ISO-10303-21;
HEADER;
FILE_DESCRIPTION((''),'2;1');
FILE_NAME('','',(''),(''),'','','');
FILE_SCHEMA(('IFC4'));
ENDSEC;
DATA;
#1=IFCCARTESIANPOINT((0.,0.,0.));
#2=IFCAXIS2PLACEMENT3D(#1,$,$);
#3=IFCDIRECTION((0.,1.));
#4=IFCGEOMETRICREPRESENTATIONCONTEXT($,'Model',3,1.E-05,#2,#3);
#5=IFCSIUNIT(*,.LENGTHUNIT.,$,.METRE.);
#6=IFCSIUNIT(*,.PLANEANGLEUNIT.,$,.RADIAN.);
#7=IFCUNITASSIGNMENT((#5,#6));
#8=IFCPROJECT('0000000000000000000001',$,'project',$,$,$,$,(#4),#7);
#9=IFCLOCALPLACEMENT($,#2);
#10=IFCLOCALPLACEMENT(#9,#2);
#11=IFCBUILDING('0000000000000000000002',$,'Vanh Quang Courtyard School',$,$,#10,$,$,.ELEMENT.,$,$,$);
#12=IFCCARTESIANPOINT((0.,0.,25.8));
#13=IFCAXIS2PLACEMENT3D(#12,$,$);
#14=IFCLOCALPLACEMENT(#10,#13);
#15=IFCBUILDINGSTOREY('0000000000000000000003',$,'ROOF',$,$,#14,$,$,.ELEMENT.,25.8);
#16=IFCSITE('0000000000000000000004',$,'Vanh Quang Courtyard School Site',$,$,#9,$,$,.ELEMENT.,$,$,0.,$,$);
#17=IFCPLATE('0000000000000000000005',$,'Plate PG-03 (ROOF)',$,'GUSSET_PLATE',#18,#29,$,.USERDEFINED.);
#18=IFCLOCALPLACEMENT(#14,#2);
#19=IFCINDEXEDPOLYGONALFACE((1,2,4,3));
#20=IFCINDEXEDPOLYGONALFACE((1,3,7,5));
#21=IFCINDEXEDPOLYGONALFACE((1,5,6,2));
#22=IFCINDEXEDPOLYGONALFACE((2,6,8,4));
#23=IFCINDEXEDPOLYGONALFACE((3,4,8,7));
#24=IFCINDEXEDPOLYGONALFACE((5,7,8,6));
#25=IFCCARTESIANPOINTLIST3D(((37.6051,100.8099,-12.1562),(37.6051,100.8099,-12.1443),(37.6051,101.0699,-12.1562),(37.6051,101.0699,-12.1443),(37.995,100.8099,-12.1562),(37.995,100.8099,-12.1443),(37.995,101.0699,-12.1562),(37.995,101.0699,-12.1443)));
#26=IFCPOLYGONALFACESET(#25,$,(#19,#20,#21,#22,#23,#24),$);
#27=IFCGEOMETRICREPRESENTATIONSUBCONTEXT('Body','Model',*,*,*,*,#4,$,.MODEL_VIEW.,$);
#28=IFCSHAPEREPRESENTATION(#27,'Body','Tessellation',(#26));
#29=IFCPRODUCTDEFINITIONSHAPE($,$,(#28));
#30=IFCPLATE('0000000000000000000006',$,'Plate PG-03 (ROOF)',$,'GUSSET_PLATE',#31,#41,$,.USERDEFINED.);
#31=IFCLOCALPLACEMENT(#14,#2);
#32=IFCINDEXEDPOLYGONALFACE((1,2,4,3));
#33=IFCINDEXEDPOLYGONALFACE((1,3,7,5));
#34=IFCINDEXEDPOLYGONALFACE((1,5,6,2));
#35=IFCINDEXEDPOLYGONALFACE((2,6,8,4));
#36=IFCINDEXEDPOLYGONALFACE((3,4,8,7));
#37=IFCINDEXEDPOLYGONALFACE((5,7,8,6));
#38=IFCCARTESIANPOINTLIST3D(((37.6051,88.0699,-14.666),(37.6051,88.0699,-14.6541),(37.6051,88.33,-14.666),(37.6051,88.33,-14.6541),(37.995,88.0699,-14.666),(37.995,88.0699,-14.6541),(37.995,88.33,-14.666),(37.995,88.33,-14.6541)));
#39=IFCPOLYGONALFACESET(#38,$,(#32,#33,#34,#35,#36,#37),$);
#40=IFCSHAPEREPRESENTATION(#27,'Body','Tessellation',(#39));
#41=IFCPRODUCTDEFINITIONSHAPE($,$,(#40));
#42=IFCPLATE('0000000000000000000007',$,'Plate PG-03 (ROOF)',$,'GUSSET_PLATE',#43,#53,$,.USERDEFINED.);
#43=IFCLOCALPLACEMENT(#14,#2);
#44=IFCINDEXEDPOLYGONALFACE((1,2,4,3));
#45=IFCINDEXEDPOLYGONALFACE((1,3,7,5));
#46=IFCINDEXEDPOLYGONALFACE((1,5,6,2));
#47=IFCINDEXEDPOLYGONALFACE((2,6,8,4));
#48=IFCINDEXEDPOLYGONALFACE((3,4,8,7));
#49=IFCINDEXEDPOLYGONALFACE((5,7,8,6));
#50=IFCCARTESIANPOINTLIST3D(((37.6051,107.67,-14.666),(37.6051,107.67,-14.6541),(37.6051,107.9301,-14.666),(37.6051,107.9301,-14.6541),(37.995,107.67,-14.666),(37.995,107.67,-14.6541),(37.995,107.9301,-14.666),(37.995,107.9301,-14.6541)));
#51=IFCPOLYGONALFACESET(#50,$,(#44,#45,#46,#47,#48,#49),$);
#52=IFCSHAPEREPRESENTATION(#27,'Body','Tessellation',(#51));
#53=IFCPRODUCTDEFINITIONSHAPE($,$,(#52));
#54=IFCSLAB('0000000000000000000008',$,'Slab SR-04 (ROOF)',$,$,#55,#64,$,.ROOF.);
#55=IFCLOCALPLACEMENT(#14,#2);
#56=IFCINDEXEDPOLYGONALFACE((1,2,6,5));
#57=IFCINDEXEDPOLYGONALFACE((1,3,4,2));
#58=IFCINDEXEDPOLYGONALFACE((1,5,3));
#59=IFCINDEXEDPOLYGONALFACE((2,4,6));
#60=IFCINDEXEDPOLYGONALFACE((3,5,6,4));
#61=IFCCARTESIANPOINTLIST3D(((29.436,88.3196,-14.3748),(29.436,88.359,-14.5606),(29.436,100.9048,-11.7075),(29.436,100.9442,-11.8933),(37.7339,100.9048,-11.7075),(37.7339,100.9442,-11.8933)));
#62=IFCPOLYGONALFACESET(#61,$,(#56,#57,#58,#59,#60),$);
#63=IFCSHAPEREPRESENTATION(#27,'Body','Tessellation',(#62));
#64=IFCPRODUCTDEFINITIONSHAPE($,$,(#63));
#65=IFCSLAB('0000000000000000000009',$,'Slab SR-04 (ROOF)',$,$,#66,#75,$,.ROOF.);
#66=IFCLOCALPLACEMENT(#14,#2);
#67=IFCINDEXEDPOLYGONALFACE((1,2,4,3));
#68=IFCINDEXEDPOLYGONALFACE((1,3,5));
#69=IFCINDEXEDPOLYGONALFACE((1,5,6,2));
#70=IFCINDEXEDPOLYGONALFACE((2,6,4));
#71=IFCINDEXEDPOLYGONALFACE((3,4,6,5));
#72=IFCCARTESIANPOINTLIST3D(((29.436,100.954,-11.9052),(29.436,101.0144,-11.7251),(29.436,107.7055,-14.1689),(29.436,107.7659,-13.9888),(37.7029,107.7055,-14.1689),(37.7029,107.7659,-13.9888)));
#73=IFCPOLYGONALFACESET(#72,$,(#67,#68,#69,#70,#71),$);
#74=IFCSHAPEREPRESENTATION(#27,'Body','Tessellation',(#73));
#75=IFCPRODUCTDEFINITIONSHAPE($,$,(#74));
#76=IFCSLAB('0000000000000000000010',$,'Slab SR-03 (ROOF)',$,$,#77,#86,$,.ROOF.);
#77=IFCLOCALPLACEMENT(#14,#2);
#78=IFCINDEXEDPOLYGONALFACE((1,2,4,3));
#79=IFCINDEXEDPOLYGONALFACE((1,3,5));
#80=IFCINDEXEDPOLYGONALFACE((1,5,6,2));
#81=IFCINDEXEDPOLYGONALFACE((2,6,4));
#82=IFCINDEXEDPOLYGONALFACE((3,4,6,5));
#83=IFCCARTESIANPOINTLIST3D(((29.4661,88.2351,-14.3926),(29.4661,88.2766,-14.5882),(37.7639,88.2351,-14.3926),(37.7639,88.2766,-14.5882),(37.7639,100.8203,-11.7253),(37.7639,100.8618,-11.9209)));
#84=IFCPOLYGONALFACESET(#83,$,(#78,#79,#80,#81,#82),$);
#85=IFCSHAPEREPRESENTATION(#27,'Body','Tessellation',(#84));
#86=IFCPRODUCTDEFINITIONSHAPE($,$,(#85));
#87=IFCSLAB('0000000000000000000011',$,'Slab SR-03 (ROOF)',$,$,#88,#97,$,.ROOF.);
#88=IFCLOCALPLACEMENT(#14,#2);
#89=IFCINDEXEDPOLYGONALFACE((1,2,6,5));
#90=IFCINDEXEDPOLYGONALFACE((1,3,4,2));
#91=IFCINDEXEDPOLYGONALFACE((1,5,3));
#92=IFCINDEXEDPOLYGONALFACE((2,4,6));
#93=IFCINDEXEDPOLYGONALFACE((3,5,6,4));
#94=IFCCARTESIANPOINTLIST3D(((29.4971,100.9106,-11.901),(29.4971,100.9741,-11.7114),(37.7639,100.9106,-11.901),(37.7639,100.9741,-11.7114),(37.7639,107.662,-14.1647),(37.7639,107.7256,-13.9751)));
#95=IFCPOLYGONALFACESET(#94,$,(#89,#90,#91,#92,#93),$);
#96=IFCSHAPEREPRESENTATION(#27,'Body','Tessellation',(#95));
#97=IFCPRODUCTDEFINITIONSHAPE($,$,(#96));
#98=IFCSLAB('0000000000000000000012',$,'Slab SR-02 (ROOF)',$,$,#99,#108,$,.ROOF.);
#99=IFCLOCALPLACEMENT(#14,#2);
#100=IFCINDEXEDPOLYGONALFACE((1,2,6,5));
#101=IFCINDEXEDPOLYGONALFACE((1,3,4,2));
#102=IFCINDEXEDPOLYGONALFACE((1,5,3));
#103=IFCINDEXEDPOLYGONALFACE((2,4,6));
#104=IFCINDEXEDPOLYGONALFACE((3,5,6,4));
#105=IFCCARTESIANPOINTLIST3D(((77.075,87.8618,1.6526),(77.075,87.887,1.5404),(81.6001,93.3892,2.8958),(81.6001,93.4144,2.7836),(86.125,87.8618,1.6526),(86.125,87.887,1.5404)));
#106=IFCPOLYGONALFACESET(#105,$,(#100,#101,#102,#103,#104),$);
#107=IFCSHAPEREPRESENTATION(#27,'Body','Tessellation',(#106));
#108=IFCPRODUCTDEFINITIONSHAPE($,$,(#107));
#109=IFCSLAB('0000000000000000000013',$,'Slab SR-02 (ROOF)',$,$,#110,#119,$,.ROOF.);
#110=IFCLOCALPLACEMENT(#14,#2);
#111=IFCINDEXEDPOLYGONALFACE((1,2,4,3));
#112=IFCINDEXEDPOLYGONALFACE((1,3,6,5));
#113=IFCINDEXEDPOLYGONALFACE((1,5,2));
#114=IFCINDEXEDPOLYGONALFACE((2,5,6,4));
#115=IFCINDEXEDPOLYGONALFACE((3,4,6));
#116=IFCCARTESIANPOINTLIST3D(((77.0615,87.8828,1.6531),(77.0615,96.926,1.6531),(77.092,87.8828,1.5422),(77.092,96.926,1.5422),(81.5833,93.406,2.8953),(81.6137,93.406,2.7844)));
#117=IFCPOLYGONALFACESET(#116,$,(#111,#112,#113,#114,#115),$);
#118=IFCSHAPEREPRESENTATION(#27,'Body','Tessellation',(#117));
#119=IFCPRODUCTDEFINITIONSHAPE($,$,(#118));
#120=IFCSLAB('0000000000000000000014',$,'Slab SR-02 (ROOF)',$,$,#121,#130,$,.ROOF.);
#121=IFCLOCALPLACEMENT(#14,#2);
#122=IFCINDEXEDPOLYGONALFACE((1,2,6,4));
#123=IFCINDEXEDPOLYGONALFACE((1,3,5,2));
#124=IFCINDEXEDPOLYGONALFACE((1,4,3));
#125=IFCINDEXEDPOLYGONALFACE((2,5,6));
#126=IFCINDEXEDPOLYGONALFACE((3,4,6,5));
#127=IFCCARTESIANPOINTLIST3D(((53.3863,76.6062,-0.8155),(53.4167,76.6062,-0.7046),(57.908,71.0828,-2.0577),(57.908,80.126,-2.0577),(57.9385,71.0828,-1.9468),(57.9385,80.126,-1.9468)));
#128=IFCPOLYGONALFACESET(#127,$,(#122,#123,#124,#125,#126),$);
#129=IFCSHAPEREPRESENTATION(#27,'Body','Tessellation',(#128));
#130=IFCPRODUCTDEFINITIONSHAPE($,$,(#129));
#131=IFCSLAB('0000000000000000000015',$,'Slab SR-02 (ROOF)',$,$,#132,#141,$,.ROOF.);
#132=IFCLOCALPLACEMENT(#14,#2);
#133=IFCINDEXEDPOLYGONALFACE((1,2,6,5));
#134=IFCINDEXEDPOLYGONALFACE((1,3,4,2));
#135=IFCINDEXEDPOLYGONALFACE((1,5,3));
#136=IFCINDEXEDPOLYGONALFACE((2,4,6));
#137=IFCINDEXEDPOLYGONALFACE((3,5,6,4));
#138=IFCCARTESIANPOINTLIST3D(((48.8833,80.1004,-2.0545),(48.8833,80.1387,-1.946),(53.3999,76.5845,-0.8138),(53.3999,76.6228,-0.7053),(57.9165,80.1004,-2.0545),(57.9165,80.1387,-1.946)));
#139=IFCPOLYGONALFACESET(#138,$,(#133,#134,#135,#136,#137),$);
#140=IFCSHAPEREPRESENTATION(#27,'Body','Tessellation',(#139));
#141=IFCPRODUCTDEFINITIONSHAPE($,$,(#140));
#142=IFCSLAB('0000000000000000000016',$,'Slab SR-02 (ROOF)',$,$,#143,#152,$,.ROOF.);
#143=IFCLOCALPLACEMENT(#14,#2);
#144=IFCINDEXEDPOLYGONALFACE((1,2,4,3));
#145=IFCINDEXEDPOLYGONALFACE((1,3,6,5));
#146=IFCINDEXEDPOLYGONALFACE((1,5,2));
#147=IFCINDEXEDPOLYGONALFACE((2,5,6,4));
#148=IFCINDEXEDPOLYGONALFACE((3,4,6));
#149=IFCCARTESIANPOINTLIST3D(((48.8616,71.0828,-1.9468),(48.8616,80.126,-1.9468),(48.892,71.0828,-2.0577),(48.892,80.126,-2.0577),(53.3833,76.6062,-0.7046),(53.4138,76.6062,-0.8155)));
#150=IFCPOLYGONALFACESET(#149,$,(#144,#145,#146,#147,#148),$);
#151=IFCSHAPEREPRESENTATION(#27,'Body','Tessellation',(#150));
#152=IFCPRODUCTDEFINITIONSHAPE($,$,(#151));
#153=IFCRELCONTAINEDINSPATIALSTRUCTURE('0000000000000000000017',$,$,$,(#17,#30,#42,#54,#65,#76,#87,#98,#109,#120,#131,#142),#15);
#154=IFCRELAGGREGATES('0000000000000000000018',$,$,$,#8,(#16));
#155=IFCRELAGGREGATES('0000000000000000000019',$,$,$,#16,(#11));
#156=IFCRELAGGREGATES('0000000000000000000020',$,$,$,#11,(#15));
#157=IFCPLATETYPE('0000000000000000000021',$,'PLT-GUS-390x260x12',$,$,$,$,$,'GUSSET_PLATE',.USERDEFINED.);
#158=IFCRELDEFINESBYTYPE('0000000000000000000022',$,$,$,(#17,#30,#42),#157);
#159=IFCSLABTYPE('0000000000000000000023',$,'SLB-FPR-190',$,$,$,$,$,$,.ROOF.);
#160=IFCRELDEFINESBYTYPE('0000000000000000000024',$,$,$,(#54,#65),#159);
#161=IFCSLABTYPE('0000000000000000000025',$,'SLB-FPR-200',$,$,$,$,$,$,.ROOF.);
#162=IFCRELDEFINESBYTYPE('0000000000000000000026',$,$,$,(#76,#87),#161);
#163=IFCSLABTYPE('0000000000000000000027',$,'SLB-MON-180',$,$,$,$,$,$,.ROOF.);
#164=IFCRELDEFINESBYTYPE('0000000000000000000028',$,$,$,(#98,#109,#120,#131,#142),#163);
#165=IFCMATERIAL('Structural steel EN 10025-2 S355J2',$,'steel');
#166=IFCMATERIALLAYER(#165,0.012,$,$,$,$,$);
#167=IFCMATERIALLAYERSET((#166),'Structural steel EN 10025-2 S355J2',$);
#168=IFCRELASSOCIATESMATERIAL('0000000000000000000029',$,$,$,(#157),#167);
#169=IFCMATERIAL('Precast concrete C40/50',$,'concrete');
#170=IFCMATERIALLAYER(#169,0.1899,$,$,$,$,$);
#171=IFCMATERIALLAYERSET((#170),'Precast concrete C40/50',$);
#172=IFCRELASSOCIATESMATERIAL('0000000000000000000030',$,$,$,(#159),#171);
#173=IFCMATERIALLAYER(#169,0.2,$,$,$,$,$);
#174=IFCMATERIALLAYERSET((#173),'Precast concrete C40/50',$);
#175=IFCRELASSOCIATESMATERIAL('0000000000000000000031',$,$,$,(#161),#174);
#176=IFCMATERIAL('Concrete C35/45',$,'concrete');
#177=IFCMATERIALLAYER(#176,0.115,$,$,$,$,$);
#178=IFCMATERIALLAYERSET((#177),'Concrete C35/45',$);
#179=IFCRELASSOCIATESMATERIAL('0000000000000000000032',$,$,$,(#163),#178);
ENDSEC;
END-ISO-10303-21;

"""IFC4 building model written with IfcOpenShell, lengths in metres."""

from ifc_helpers import new_model, si_unit, direction, frame, origin, origin_2d, place, context, subcontext, project, spatial, polyline, rectangle, outline, extrude, material, layer, layer_set, type_object, element, save


model = new_model("IFC4")

# Units and contexts
model_context = context("Model", 3, precision=1e-05, world=origin(), true_north=direction((0.0, 1.0)))
body_context = subcontext(model_context, "Body", "Model", "MODEL_VIEW")
ifc_project = project(units=[si_unit("LENGTHUNIT", "METRE"), si_unit("PLANEANGLEUNIT", "RADIAN")], contexts=[model_context])

# Site, building, storey
site_placement = place(None, origin())
site = spatial("IfcSite", under=ifc_project, at=site_placement, Name="Vanh Quang Courtyard School Site", CompositionType="ELEMENT", RefElevation=0.0)
building_placement = place(site_placement, origin())
building = spatial("IfcBuilding", under=site, at=building_placement, Name="Vanh Quang Courtyard School", CompositionType="ELEMENT")
storey_placement = place(building_placement, frame((0.0, 0.0, 25.8)))
storey = spatial("IfcBuildingStorey", under=building, at=storey_placement, Name="ROOF", CompositionType="ELEMENT", Elevation=25.8)

# Shared definitions
ifc_material_1 = material(Name="Concrete C35/45", Category="concrete")
ifc_material_2 = material(Name="Structural steel EN 10025-2 S355J2", Category="steel")

# Plates
ifc_layer_1 = layer(ifc_material_2, 0.012)
ifc_layer_set_1 = layer_set([ifc_layer_1], Name="Structural steel EN 10025-2 S355J2")
plate_type = type_object("IfcPlateType", Name="PLT-GUS-390x260x12", ElementType="GUSSET_PLATE", PredefinedType="USERDEFINED", material=ifc_layer_set_1)
for number, where, z_axis, x_axis, name in (
    (1, (37.8, 100.9399, -12.1562), (0.0, 0.0, 1.0), (1.0, 0.0, 0.0), "Plate PG-03 (ROOF)"),
    (2, (37.8, 88.2, -14.666), (0.0, 0.0, 1.0), (1.0, 0.0, 0.0), "Plate PG-03 (ROOF)"),
    (3, (37.8, 107.8, -14.666), (0.0, 0.0, 1.0), (1.0, 0.0, 0.0), "Plate PG-03 (ROOF)"),
):
    element("IfcPlate", number, at=place(storey_placement, frame(where, z_axis=z_axis, x_axis=x_axis)), inside=storey, type_object=plate_type, Name=name, ObjectType="GUSSET_PLATE", PredefinedType="USERDEFINED", context=body_context, shape_type="SweptSolid", body=[
        extrude(rectangle(XDim=0.3899, YDim=0.26, at=origin_2d()), origin(), (0.0, 0.0, 1.0), 0.012),
    ])

# Slabs
ifc_material_3 = material(Name="Precast concrete C40/50", Category="concrete")
ifc_layer_2 = layer(ifc_material_3, 0.1899)
ifc_layer_set_2 = layer_set([ifc_layer_2], Name="Precast concrete C40/50")
slab_type_1 = type_object("IfcSlabType", Name="SLB-FPR-190", PredefinedType="ROOF", material=ifc_layer_set_2)
slab_1_placement = place(storey_placement, frame((29.436, 88.3196, -14.3748), z_axis=(0.0, -0.207329, 0.978271), x_axis=(0.542036, 0.822096, 0.17423)))
element("IfcSlab", 4, at=slab_1_placement, inside=storey, type_object=slab_type_1, Name="Slab SR-04 (ROOF)", PredefinedType="ROOF", context=body_context, shape_type="SweptSolid", body=[
    extrude(outline(polyline([(0.0, 0.0), (15.3087, 0.0), (10.811, 6.9731), (0.0, 0.0)])), origin(), (0.0, 0.0, -1.0), 0.1899),
])
slab_2_placement = place(storey_placement, frame((29.436, 101.0144, -11.7251), z_axis=(0.0, 0.317894, 0.948126), x_axis=(0.75767, 0.618783, -0.207469)))
element("IfcSlab", 5, at=slab_2_placement, inside=storey, type_object=slab_type_1, Name="Slab SR-04 (ROOF)", PredefinedType="ROOF", context=body_context, shape_type="SweptSolid", body=[
    extrude(outline(polyline([(0.0, 0.0), (10.9109, 0.0), (4.6473, 5.3953), (0.0, 0.0)])), origin(), (0.0, 0.0, -1.0), 0.1899),
])
ifc_layer_3 = layer(ifc_material_3, 0.2)
ifc_layer_set_3 = layer_set([ifc_layer_3], Name="Precast concrete C40/50")
slab_type_2 = type_object("IfcSlabType", Name="SLB-FPR-200", PredefinedType="ROOF", material=ifc_layer_set_3)
slab_3_placement = place(storey_placement, frame((29.4661, 88.2351, -14.3926), z_axis=(0.0, -0.207329, 0.978271), x_axis=(1.0, 0.0, 0.0)))
element("IfcSlab", 6, at=slab_3_placement, inside=storey, type_object=slab_type_2, Name="Slab SR-03 (ROOF)", PredefinedType="ROOF", context=body_context, shape_type="SweptSolid", body=[
    extrude(outline(polyline([(0.0, 0.0), (8.2979, 0.0), (8.2979, 12.8647), (0.0, 0.0)])), origin(), (0.0, 0.0, -1.0), 0.2),
])
slab_4_placement = place(storey_placement, frame((29.4971, 100.9741, -11.7114), z_axis=(0.0, 0.317894, 0.948126), x_axis=(1.0, 0.0, 0.0)))
element("IfcSlab", 7, at=slab_4_placement, inside=storey, type_object=slab_type_2, Name="Slab SR-03 (ROOF)", PredefinedType="ROOF", context=body_context, shape_type="SweptSolid", body=[
    extrude(outline(polyline([(0.0, 0.0), (8.2668, 0.0), (8.2668, 7.1208), (0.0, 0.0)])), origin(), (0.0, 0.0, -1.0), 0.2),
])
ifc_layer_4 = layer(ifc_material_1, 0.115)
ifc_layer_set_4 = layer_set([ifc_layer_4], Name="Concrete C35/45")
slab_type_3 = type_object("IfcSlabType", Name="SLB-MON-180", PredefinedType="ROOF", material=ifc_layer_set_4)
slab_5_placement = place(storey_placement, frame((77.075, 87.8618, 1.6526), z_axis=(0.0, -0.21943, 0.975628), x_axis=(1.0, 0.0, 0.0)))
element("IfcSlab", 8, at=slab_5_placement, inside=storey, type_object=slab_type_3, Name="Slab SR-02 (ROOF)", PredefinedType="ROOF", context=body_context, shape_type="SweptSolid", body=[
    extrude(outline(polyline([(0.0, 0.0), (9.05, 0.0), (4.5251, 5.6654), (0.0, 0.0)])), origin(), (0.0, 0.0, -1.0), 0.115),
])
slab_6_placement = place(storey_placement, frame((77.0615, 96.926, 1.6531), z_axis=(-0.264901, 0.0, 0.964276), x_axis=(0.0, -1.0, 0.0)))
element("IfcSlab", 9, at=slab_6_placement, inside=storey, type_object=slab_type_3, Name="Slab SR-02 (ROOF)", PredefinedType="ROOF", context=body_context, shape_type="SweptSolid", body=[
    extrude(outline(polyline([(0.0, 0.0), (9.0432, 0.0), (3.52, 4.6892), (0.0, 0.0)])), origin(), (0.0, 0.0, -1.0), 0.115),
])
slab_7_placement = place(storey_placement, frame((57.9385, 71.0828, -1.9468), z_axis=(0.264901, 0.0, 0.964276), x_axis=(0.0, 1.0, 0.0)))
element("IfcSlab", 10, at=slab_7_placement, inside=storey, type_object=slab_type_3, Name="Slab SR-02 (ROOF)", PredefinedType="ROOF", context=body_context, shape_type="SweptSolid", body=[
    extrude(outline(polyline([(0.0, 0.0), (9.0432, 0.0), (5.5234, 4.6892), (0.0, 0.0)])), origin(), (0.0, 0.0, -1.0), 0.115),
])
slab_8_placement = place(storey_placement, frame((57.9165, 80.1387, -1.946), z_axis=(0.0, 0.332779, 0.943005), x_axis=(-1.0, 0.0, 0.0)))
element("IfcSlab", 11, at=slab_8_placement, inside=storey, type_object=slab_type_3, Name="Slab SR-02 (ROOF)", PredefinedType="ROOF", context=body_context, shape_type="SweptSolid", body=[
    extrude(outline(polyline([(0.0, 0.0), (9.0332, 0.0), (4.5166, 3.7284), (0.0, 0.0)])), origin(), (0.0, 0.0, -1.0), 0.115),
])
slab_9_placement = place(storey_placement, frame((48.8616, 80.126, -1.9468), z_axis=(-0.264901, 0.0, 0.964276), x_axis=(0.0, -1.0, 0.0)))
element("IfcSlab", 12, at=slab_9_placement, inside=storey, type_object=slab_type_3, Name="Slab SR-02 (ROOF)", PredefinedType="ROOF", context=body_context, shape_type="SweptSolid", body=[
    extrude(outline(polyline([(0.0, 0.0), (9.0432, 0.0), (3.5198, 4.6892), (0.0, 0.0)])), origin(), (0.0, 0.0, -1.0), 0.115),
])

save(model, "model.ifc")
